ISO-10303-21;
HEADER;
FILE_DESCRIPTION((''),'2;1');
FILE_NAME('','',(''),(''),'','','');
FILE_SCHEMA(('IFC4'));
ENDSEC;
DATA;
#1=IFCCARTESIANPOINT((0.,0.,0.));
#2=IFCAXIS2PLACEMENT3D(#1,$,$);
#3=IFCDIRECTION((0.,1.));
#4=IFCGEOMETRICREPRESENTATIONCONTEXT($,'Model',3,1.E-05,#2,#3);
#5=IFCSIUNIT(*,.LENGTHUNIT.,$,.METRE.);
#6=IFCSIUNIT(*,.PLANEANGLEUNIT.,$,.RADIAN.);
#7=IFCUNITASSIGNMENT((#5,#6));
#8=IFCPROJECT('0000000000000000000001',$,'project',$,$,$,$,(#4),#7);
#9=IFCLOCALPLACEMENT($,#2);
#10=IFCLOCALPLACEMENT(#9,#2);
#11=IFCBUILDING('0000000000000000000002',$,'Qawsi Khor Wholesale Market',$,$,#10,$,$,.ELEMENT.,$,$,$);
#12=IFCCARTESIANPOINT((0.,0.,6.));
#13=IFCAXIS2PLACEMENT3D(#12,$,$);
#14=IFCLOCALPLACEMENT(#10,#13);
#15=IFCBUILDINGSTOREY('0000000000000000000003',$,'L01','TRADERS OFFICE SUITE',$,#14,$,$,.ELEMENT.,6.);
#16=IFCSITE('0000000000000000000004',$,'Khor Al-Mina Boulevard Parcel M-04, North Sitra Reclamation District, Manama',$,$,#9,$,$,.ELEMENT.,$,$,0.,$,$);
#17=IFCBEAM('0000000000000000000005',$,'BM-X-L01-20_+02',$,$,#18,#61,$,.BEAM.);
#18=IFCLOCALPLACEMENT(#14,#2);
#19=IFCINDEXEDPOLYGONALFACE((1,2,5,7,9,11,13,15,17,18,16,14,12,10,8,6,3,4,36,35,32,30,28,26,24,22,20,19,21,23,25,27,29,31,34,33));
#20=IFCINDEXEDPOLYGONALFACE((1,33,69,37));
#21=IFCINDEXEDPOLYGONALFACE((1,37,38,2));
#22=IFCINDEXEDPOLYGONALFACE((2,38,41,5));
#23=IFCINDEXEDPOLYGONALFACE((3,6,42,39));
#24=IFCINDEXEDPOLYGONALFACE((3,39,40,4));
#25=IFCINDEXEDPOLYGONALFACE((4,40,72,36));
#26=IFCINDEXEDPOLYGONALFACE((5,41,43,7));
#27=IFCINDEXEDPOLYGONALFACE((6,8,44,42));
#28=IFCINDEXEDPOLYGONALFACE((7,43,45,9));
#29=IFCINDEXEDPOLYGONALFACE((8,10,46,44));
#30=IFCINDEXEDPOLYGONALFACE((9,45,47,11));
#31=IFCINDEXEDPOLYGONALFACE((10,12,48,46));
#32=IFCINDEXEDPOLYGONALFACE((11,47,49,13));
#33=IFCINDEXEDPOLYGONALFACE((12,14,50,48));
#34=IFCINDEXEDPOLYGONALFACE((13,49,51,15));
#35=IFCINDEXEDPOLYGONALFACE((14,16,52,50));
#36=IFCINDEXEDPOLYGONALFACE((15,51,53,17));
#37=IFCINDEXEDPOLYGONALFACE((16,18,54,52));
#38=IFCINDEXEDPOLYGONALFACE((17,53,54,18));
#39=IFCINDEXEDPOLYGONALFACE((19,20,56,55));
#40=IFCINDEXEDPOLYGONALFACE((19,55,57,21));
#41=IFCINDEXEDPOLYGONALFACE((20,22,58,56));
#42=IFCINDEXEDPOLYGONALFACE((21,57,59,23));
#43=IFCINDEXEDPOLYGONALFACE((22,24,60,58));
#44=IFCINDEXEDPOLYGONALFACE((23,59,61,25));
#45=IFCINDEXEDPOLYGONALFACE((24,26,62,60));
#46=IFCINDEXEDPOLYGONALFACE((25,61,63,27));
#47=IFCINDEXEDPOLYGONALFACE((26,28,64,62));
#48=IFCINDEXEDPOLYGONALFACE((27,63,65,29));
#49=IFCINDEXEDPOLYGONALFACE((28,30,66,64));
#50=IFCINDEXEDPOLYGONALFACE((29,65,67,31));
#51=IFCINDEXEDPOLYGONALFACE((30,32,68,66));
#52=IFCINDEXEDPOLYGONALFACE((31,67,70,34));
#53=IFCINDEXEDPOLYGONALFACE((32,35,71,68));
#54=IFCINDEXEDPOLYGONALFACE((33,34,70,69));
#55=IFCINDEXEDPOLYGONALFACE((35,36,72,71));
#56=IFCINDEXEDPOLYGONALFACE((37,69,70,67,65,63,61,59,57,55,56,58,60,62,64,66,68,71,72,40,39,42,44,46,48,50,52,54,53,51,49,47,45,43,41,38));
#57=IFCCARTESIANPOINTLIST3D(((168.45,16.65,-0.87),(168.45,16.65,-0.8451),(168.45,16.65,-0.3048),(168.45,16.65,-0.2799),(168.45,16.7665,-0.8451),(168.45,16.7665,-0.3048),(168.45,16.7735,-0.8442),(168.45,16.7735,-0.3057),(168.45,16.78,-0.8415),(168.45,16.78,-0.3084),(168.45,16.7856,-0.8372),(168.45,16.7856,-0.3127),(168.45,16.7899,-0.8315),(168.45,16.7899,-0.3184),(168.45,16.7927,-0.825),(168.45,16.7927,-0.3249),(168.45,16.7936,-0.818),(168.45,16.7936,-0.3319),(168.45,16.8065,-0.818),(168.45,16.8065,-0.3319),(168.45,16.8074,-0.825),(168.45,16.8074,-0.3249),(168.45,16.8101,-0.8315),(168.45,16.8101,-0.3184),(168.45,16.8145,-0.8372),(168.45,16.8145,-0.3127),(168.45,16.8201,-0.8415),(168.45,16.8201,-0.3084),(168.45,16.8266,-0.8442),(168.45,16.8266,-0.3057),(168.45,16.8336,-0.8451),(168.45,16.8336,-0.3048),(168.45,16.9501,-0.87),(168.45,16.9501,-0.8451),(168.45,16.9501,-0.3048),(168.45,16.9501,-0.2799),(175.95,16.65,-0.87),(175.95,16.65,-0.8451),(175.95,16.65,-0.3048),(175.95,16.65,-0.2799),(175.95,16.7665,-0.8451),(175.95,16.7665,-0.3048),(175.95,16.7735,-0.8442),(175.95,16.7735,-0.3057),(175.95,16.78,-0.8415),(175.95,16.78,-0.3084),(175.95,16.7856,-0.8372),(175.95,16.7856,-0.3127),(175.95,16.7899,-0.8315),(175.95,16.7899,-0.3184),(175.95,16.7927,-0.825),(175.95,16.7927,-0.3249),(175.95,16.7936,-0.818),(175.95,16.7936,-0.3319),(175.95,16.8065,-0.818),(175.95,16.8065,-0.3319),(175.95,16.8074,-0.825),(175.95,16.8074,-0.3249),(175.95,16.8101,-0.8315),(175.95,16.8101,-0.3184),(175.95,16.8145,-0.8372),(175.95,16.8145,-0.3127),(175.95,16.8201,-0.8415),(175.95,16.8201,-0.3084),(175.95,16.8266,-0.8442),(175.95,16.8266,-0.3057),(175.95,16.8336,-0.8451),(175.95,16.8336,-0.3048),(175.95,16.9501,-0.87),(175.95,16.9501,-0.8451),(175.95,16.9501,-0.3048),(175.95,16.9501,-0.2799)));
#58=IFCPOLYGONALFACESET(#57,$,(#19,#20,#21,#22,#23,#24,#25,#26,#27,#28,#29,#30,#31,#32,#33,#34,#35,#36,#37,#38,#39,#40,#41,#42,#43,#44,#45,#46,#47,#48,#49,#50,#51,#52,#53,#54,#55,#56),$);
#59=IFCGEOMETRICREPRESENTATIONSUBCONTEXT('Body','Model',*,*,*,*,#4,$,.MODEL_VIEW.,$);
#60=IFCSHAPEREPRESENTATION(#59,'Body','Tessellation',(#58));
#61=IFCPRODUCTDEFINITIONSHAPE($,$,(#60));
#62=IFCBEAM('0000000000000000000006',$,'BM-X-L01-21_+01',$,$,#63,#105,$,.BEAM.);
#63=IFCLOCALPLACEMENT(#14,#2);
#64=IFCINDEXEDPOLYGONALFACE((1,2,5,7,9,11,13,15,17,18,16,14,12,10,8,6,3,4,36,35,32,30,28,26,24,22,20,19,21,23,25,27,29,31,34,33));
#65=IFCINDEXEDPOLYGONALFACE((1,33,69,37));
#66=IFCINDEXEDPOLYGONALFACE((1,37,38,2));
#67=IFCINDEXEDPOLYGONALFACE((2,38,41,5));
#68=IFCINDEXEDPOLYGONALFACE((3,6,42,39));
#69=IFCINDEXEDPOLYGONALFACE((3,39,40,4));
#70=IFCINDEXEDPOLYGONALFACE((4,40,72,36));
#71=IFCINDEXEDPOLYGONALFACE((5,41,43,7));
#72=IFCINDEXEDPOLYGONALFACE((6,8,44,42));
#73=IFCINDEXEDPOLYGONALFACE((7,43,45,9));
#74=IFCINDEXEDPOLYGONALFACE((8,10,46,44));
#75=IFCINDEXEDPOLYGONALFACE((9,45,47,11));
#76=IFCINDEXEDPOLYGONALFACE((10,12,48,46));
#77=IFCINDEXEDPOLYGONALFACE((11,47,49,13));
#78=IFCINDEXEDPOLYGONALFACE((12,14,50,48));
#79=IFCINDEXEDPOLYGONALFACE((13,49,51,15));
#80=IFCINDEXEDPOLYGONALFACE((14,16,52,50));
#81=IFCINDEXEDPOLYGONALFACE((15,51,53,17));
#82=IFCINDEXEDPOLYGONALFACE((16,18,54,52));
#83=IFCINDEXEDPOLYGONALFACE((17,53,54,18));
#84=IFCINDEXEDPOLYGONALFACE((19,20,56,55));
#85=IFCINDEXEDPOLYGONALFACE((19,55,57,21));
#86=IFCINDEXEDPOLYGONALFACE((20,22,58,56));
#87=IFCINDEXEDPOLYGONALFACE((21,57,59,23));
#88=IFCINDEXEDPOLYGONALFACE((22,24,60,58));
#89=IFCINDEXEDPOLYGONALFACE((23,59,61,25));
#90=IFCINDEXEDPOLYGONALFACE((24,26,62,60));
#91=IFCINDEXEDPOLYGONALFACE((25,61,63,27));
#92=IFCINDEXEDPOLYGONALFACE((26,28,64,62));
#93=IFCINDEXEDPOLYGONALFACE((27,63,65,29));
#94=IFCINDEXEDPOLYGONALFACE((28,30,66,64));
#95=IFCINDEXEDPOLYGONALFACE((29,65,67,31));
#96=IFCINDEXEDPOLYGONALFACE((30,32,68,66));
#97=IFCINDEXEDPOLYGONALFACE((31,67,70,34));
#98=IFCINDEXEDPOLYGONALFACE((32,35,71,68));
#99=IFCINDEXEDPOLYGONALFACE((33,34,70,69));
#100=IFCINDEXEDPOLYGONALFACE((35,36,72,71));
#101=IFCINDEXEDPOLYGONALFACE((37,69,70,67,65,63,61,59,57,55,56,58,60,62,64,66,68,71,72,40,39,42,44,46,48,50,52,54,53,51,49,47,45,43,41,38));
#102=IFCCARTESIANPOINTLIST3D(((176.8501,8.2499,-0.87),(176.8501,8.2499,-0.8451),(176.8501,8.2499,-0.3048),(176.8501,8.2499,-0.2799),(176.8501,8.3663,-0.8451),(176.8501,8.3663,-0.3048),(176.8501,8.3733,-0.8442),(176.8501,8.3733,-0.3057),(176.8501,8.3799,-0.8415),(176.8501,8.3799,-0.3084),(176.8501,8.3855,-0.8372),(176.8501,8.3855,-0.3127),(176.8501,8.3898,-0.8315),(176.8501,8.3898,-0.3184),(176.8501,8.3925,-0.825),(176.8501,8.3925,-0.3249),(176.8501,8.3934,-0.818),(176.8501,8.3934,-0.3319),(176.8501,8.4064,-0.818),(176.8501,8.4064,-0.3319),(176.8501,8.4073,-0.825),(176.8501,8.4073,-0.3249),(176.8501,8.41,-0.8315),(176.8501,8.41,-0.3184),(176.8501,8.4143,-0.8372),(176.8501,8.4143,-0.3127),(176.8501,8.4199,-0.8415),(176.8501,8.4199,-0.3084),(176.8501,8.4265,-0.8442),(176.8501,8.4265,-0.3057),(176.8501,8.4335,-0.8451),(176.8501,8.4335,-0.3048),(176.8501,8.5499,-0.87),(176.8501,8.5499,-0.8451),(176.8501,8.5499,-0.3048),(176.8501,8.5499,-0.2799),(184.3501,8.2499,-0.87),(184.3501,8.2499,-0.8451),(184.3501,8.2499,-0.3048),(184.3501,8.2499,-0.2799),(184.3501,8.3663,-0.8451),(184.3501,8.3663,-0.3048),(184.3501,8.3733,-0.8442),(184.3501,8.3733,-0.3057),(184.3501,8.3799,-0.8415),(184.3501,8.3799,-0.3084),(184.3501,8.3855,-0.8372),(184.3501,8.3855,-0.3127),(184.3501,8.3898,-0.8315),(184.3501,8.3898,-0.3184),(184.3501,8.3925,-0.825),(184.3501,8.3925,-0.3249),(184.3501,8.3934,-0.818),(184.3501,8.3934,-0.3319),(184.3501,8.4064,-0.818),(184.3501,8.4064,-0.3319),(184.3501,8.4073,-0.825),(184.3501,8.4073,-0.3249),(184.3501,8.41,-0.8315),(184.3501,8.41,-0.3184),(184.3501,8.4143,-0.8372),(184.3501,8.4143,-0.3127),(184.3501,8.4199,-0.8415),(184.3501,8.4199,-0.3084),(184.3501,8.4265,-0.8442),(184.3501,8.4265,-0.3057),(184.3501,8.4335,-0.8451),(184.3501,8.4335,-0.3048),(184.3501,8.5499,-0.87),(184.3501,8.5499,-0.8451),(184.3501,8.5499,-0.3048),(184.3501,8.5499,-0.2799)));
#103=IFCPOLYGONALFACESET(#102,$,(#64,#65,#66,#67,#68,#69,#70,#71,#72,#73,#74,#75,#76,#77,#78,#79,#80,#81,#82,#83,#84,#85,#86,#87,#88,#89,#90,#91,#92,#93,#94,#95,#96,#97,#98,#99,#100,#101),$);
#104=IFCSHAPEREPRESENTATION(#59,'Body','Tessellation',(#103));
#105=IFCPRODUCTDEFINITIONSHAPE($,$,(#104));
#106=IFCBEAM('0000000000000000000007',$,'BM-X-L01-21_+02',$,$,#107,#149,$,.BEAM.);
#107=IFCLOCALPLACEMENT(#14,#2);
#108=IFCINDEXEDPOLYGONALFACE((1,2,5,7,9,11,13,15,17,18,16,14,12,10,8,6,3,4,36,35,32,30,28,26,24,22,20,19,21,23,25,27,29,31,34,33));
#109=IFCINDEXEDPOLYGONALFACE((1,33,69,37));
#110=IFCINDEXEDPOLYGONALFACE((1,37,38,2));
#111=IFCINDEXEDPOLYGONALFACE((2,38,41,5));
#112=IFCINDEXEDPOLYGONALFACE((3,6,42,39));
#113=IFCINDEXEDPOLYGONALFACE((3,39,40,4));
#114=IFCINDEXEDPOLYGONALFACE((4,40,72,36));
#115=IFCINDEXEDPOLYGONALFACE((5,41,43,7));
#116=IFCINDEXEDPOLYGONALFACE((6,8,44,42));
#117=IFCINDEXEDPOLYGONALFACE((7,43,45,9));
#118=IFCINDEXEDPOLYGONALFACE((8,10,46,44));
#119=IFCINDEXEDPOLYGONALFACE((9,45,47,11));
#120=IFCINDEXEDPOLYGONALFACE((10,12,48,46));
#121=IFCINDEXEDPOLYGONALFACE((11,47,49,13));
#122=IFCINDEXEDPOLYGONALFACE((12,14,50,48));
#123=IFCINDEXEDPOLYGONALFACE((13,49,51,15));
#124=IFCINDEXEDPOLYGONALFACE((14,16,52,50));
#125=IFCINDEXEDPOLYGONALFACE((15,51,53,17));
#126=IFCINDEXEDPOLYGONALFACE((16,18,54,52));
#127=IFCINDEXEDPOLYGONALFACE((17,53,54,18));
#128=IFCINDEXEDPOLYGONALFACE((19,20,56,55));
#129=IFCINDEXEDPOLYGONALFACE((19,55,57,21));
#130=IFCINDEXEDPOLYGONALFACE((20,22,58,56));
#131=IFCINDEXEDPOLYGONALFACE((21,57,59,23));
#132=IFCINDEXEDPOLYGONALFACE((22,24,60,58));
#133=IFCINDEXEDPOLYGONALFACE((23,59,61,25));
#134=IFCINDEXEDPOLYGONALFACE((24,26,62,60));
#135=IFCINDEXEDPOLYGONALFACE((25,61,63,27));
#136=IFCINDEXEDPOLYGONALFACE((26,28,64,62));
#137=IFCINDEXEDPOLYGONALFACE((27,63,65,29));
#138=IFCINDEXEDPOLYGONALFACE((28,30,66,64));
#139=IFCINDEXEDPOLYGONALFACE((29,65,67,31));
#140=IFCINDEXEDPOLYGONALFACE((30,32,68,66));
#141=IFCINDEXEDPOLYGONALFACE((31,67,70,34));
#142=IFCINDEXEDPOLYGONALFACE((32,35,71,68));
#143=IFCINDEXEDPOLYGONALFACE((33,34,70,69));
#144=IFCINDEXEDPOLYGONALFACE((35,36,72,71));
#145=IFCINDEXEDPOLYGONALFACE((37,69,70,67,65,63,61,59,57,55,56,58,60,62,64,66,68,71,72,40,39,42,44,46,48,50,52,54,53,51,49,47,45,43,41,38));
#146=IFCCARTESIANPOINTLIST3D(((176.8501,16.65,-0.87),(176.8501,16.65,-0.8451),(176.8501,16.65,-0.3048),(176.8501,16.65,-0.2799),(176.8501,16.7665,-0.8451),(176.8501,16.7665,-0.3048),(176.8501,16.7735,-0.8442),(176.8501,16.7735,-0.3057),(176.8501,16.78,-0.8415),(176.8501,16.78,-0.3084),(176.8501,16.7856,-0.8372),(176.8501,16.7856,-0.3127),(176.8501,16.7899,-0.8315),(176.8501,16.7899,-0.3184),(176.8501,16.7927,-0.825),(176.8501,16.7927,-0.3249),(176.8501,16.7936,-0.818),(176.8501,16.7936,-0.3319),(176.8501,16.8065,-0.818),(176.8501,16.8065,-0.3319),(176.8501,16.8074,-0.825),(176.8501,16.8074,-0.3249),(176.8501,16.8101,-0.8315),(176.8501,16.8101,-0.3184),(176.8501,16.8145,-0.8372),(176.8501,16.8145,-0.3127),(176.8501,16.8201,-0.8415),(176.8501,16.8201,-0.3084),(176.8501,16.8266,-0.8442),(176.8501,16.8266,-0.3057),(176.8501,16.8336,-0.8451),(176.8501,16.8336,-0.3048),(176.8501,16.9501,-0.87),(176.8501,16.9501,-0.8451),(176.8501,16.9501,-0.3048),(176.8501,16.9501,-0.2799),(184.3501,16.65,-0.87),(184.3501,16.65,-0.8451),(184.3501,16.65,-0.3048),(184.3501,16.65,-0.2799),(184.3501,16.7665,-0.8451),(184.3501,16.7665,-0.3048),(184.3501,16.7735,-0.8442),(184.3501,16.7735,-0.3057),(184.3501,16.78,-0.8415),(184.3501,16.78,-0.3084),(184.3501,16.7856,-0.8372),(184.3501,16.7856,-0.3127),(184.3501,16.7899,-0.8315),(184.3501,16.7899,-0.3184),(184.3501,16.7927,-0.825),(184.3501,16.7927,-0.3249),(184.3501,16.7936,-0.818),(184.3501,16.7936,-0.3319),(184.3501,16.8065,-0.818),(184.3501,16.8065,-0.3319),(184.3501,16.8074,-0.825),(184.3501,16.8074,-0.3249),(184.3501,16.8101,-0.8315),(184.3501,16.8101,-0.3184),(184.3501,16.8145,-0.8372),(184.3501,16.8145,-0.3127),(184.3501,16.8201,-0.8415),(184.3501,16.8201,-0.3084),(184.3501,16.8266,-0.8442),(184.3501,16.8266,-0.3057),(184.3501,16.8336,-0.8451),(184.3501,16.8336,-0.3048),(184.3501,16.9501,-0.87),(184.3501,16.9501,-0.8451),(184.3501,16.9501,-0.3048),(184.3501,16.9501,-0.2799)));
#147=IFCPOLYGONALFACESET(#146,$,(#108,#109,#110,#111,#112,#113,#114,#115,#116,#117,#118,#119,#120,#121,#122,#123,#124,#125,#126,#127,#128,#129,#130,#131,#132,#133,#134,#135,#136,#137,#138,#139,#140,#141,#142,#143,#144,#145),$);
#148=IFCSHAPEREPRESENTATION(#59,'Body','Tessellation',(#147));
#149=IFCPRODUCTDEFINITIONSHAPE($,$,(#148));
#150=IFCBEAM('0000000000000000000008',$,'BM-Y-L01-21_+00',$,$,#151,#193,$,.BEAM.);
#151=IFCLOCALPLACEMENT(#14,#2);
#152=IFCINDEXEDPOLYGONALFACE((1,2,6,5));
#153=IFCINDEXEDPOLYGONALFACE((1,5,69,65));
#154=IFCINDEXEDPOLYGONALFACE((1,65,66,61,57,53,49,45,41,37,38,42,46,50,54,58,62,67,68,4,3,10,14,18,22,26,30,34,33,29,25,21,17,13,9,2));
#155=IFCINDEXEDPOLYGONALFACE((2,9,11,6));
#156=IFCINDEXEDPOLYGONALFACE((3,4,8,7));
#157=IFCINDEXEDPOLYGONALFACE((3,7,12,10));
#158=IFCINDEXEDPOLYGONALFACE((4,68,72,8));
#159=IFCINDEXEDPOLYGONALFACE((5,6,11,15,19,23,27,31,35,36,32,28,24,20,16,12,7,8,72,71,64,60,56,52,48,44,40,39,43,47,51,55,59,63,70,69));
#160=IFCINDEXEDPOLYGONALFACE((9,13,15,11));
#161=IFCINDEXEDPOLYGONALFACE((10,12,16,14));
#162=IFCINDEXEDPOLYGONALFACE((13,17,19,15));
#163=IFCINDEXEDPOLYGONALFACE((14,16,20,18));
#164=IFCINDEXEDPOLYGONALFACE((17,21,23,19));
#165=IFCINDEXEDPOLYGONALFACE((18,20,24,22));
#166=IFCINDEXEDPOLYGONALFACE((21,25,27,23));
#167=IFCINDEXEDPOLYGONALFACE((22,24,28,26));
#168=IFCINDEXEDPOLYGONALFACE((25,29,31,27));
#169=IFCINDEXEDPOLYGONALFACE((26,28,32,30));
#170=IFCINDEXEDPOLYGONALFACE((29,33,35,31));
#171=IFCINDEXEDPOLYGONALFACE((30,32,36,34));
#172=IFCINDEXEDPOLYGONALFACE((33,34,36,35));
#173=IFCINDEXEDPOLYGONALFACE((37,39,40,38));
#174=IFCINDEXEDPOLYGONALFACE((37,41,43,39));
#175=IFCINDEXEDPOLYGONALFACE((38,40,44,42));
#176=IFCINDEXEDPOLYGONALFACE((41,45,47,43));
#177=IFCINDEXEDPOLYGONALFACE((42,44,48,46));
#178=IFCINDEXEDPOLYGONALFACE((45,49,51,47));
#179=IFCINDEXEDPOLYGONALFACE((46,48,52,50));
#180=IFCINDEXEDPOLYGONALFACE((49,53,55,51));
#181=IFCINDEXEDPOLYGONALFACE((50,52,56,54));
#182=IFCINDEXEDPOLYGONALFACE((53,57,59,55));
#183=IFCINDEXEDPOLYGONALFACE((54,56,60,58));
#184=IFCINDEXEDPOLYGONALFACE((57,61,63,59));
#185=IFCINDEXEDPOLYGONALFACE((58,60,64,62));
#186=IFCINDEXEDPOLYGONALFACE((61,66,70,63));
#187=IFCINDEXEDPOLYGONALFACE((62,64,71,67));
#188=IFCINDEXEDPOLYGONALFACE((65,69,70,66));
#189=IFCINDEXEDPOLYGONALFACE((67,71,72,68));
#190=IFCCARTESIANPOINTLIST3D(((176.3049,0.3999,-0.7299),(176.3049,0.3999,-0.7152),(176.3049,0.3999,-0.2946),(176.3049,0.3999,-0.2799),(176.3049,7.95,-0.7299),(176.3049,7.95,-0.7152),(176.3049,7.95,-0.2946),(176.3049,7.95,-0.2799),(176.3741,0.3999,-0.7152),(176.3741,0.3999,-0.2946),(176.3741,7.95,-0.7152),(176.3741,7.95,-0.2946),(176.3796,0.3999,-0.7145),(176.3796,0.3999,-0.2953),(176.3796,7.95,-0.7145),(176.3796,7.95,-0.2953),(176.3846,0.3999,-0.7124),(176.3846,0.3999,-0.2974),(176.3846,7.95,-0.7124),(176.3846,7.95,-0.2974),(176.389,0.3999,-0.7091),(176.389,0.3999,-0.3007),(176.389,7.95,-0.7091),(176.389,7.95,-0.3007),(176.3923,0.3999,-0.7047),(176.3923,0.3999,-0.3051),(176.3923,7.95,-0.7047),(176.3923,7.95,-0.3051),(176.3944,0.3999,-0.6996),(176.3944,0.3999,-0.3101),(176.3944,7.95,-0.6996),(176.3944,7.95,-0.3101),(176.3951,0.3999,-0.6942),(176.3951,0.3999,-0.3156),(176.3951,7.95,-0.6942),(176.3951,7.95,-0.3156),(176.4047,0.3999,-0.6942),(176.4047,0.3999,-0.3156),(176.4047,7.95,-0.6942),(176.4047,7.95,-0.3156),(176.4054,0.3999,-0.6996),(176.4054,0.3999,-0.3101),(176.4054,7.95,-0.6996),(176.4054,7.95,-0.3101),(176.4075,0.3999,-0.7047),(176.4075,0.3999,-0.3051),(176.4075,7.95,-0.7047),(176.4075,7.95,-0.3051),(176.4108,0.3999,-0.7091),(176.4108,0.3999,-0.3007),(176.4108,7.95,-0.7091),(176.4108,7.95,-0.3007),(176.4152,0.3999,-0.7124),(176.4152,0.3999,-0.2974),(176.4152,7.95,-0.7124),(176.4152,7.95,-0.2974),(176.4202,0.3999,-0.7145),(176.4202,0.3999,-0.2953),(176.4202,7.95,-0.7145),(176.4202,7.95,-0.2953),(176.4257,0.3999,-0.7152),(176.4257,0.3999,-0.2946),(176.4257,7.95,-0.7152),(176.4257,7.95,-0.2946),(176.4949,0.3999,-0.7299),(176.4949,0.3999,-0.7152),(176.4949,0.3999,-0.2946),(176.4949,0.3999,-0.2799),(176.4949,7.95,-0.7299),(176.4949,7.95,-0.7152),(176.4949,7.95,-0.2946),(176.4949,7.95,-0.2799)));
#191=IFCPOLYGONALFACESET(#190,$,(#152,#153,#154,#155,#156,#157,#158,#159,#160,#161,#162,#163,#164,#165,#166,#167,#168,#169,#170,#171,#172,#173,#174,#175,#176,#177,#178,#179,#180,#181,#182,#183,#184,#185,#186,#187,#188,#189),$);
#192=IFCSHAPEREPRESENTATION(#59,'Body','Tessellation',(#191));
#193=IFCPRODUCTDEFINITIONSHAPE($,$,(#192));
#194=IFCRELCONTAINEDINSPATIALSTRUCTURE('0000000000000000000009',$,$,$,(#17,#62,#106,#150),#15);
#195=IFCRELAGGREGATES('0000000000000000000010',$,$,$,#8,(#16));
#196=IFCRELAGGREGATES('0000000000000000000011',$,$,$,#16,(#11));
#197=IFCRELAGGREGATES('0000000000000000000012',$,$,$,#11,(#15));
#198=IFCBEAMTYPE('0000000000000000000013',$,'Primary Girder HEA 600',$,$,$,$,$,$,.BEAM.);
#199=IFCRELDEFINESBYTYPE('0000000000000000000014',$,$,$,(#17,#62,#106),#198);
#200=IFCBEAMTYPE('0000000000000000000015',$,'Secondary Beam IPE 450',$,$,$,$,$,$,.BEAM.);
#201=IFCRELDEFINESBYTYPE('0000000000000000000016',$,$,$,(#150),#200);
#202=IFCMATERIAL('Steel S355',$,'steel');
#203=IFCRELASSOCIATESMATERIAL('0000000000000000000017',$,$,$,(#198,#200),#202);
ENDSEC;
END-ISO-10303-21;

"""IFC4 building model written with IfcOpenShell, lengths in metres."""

from ifc_helpers import new_model, si_unit, direction, frame, origin, origin_2d, place, context, subcontext, project, spatial, i_section, extrude, material, material_profile, profile_set, type_object, element, save


model = new_model("IFC4")

# Units and contexts
model_context = context("Model", 3, precision=1e-05, world=origin(), true_north=direction((0.0, 1.0)))
body_context = subcontext(model_context, "Body", "Model", "MODEL_VIEW")
ifc_project = project(units=[si_unit("LENGTHUNIT", "METRE"), si_unit("PLANEANGLEUNIT", "RADIAN")], contexts=[model_context])

# Site, building, storey
site_placement = place(None, origin())
site = spatial("IfcSite", under=ifc_project, at=site_placement, Name="Khor Al-Mina Boulevard Parcel M-04, North Sitra Reclamation District, Manama", CompositionType="ELEMENT", RefElevation=0.0)
building_placement = place(site_placement, origin())
building = spatial("IfcBuilding", under=site, at=building_placement, Name="Qawsi Khor Wholesale Market", CompositionType="ELEMENT")
storey_placement = place(building_placement, frame((0.0, 0.0, 6.0)))
storey = spatial("IfcBuildingStorey", under=building, at=storey_placement, Name="L01", Description="TRADERS OFFICE SUITE", CompositionType="ELEMENT", Elevation=6.0)

# Beams
ifc_material_1 = material(Name="Steel S355", Category="steel")
ifc_material_profile_1 = material_profile(ifc_material_1, i_section(OverallWidth=0.3, OverallDepth=0.5901, WebThickness=0.0129, FlangeThickness=0.0249, FilletRadius=0.0271, at=origin_2d()), Name="HEA 600")
ifc_profile_set_1 = profile_set([ifc_material_profile_1], Name="Steel S355")
beam_type_1 = type_object("IfcBeamType", Name="Primary Girder HEA 600", PredefinedType="BEAM", material=ifc_profile_set_1)
for number, where, z_axis, x_axis, name in (
    (1, (168.45, 16.8, -0.575), (1.0, 0.0, 0.0), (0.0, 1.0, 0.0), "BM-X-L01-20_+02"),
    (2, (176.8501, 8.3999, -0.575), (1.0, 0.0, 0.0), (0.0, 1.0, 0.0), "BM-X-L01-21_+01"),
    (3, (176.8501, 16.8, -0.575), (1.0, 0.0, 0.0), (0.0, 1.0, 0.0), "BM-X-L01-21_+02"),
):
    element("IfcBeam", number, at=place(storey_placement, frame(where, z_axis=z_axis, x_axis=x_axis)), inside=storey, type_object=beam_type_1, Name=name, PredefinedType="BEAM", context=body_context, shape_type="SweptSolid", body=[
        extrude(i_section(OverallWidth=0.3, OverallDepth=0.5901, WebThickness=0.0129, FlangeThickness=0.0249, FilletRadius=0.0271, at=origin_2d()), origin(), (0.0, 0.0, 1.0), 7.5),
    ])
ifc_material_profile_2 = material_profile(ifc_material_1, i_section(OverallWidth=0.1899, OverallDepth=0.45, WebThickness=0.0095, FlangeThickness=0.0146, FilletRadius=0.021, at=origin_2d()), Name="IPE 450")
ifc_profile_set_2 = profile_set([ifc_material_profile_2], Name="Steel S355")
beam_type_2 = type_object("IfcBeamType", Name="Secondary Beam IPE 450", PredefinedType="BEAM", material=ifc_profile_set_2)
beam_1_placement = place(storey_placement, frame((176.3999, 0.3999, -0.5049), z_axis=(0.0, 1.0, 0.0), x_axis=(-1.0, 0.0, 0.0)))
element("IfcBeam", 4, at=beam_1_placement, inside=storey, type_object=beam_type_2, Name="BM-Y-L01-21_+00", PredefinedType="BEAM", context=body_context, shape_type="SweptSolid", body=[
    extrude(i_section(OverallWidth=0.1899, OverallDepth=0.45, WebThickness=0.0095, FlangeThickness=0.0146, FilletRadius=0.021, at=origin_2d()), origin(), (0.0, 0.0, 1.0), 7.55),
])

save(model, "model.ifc")
